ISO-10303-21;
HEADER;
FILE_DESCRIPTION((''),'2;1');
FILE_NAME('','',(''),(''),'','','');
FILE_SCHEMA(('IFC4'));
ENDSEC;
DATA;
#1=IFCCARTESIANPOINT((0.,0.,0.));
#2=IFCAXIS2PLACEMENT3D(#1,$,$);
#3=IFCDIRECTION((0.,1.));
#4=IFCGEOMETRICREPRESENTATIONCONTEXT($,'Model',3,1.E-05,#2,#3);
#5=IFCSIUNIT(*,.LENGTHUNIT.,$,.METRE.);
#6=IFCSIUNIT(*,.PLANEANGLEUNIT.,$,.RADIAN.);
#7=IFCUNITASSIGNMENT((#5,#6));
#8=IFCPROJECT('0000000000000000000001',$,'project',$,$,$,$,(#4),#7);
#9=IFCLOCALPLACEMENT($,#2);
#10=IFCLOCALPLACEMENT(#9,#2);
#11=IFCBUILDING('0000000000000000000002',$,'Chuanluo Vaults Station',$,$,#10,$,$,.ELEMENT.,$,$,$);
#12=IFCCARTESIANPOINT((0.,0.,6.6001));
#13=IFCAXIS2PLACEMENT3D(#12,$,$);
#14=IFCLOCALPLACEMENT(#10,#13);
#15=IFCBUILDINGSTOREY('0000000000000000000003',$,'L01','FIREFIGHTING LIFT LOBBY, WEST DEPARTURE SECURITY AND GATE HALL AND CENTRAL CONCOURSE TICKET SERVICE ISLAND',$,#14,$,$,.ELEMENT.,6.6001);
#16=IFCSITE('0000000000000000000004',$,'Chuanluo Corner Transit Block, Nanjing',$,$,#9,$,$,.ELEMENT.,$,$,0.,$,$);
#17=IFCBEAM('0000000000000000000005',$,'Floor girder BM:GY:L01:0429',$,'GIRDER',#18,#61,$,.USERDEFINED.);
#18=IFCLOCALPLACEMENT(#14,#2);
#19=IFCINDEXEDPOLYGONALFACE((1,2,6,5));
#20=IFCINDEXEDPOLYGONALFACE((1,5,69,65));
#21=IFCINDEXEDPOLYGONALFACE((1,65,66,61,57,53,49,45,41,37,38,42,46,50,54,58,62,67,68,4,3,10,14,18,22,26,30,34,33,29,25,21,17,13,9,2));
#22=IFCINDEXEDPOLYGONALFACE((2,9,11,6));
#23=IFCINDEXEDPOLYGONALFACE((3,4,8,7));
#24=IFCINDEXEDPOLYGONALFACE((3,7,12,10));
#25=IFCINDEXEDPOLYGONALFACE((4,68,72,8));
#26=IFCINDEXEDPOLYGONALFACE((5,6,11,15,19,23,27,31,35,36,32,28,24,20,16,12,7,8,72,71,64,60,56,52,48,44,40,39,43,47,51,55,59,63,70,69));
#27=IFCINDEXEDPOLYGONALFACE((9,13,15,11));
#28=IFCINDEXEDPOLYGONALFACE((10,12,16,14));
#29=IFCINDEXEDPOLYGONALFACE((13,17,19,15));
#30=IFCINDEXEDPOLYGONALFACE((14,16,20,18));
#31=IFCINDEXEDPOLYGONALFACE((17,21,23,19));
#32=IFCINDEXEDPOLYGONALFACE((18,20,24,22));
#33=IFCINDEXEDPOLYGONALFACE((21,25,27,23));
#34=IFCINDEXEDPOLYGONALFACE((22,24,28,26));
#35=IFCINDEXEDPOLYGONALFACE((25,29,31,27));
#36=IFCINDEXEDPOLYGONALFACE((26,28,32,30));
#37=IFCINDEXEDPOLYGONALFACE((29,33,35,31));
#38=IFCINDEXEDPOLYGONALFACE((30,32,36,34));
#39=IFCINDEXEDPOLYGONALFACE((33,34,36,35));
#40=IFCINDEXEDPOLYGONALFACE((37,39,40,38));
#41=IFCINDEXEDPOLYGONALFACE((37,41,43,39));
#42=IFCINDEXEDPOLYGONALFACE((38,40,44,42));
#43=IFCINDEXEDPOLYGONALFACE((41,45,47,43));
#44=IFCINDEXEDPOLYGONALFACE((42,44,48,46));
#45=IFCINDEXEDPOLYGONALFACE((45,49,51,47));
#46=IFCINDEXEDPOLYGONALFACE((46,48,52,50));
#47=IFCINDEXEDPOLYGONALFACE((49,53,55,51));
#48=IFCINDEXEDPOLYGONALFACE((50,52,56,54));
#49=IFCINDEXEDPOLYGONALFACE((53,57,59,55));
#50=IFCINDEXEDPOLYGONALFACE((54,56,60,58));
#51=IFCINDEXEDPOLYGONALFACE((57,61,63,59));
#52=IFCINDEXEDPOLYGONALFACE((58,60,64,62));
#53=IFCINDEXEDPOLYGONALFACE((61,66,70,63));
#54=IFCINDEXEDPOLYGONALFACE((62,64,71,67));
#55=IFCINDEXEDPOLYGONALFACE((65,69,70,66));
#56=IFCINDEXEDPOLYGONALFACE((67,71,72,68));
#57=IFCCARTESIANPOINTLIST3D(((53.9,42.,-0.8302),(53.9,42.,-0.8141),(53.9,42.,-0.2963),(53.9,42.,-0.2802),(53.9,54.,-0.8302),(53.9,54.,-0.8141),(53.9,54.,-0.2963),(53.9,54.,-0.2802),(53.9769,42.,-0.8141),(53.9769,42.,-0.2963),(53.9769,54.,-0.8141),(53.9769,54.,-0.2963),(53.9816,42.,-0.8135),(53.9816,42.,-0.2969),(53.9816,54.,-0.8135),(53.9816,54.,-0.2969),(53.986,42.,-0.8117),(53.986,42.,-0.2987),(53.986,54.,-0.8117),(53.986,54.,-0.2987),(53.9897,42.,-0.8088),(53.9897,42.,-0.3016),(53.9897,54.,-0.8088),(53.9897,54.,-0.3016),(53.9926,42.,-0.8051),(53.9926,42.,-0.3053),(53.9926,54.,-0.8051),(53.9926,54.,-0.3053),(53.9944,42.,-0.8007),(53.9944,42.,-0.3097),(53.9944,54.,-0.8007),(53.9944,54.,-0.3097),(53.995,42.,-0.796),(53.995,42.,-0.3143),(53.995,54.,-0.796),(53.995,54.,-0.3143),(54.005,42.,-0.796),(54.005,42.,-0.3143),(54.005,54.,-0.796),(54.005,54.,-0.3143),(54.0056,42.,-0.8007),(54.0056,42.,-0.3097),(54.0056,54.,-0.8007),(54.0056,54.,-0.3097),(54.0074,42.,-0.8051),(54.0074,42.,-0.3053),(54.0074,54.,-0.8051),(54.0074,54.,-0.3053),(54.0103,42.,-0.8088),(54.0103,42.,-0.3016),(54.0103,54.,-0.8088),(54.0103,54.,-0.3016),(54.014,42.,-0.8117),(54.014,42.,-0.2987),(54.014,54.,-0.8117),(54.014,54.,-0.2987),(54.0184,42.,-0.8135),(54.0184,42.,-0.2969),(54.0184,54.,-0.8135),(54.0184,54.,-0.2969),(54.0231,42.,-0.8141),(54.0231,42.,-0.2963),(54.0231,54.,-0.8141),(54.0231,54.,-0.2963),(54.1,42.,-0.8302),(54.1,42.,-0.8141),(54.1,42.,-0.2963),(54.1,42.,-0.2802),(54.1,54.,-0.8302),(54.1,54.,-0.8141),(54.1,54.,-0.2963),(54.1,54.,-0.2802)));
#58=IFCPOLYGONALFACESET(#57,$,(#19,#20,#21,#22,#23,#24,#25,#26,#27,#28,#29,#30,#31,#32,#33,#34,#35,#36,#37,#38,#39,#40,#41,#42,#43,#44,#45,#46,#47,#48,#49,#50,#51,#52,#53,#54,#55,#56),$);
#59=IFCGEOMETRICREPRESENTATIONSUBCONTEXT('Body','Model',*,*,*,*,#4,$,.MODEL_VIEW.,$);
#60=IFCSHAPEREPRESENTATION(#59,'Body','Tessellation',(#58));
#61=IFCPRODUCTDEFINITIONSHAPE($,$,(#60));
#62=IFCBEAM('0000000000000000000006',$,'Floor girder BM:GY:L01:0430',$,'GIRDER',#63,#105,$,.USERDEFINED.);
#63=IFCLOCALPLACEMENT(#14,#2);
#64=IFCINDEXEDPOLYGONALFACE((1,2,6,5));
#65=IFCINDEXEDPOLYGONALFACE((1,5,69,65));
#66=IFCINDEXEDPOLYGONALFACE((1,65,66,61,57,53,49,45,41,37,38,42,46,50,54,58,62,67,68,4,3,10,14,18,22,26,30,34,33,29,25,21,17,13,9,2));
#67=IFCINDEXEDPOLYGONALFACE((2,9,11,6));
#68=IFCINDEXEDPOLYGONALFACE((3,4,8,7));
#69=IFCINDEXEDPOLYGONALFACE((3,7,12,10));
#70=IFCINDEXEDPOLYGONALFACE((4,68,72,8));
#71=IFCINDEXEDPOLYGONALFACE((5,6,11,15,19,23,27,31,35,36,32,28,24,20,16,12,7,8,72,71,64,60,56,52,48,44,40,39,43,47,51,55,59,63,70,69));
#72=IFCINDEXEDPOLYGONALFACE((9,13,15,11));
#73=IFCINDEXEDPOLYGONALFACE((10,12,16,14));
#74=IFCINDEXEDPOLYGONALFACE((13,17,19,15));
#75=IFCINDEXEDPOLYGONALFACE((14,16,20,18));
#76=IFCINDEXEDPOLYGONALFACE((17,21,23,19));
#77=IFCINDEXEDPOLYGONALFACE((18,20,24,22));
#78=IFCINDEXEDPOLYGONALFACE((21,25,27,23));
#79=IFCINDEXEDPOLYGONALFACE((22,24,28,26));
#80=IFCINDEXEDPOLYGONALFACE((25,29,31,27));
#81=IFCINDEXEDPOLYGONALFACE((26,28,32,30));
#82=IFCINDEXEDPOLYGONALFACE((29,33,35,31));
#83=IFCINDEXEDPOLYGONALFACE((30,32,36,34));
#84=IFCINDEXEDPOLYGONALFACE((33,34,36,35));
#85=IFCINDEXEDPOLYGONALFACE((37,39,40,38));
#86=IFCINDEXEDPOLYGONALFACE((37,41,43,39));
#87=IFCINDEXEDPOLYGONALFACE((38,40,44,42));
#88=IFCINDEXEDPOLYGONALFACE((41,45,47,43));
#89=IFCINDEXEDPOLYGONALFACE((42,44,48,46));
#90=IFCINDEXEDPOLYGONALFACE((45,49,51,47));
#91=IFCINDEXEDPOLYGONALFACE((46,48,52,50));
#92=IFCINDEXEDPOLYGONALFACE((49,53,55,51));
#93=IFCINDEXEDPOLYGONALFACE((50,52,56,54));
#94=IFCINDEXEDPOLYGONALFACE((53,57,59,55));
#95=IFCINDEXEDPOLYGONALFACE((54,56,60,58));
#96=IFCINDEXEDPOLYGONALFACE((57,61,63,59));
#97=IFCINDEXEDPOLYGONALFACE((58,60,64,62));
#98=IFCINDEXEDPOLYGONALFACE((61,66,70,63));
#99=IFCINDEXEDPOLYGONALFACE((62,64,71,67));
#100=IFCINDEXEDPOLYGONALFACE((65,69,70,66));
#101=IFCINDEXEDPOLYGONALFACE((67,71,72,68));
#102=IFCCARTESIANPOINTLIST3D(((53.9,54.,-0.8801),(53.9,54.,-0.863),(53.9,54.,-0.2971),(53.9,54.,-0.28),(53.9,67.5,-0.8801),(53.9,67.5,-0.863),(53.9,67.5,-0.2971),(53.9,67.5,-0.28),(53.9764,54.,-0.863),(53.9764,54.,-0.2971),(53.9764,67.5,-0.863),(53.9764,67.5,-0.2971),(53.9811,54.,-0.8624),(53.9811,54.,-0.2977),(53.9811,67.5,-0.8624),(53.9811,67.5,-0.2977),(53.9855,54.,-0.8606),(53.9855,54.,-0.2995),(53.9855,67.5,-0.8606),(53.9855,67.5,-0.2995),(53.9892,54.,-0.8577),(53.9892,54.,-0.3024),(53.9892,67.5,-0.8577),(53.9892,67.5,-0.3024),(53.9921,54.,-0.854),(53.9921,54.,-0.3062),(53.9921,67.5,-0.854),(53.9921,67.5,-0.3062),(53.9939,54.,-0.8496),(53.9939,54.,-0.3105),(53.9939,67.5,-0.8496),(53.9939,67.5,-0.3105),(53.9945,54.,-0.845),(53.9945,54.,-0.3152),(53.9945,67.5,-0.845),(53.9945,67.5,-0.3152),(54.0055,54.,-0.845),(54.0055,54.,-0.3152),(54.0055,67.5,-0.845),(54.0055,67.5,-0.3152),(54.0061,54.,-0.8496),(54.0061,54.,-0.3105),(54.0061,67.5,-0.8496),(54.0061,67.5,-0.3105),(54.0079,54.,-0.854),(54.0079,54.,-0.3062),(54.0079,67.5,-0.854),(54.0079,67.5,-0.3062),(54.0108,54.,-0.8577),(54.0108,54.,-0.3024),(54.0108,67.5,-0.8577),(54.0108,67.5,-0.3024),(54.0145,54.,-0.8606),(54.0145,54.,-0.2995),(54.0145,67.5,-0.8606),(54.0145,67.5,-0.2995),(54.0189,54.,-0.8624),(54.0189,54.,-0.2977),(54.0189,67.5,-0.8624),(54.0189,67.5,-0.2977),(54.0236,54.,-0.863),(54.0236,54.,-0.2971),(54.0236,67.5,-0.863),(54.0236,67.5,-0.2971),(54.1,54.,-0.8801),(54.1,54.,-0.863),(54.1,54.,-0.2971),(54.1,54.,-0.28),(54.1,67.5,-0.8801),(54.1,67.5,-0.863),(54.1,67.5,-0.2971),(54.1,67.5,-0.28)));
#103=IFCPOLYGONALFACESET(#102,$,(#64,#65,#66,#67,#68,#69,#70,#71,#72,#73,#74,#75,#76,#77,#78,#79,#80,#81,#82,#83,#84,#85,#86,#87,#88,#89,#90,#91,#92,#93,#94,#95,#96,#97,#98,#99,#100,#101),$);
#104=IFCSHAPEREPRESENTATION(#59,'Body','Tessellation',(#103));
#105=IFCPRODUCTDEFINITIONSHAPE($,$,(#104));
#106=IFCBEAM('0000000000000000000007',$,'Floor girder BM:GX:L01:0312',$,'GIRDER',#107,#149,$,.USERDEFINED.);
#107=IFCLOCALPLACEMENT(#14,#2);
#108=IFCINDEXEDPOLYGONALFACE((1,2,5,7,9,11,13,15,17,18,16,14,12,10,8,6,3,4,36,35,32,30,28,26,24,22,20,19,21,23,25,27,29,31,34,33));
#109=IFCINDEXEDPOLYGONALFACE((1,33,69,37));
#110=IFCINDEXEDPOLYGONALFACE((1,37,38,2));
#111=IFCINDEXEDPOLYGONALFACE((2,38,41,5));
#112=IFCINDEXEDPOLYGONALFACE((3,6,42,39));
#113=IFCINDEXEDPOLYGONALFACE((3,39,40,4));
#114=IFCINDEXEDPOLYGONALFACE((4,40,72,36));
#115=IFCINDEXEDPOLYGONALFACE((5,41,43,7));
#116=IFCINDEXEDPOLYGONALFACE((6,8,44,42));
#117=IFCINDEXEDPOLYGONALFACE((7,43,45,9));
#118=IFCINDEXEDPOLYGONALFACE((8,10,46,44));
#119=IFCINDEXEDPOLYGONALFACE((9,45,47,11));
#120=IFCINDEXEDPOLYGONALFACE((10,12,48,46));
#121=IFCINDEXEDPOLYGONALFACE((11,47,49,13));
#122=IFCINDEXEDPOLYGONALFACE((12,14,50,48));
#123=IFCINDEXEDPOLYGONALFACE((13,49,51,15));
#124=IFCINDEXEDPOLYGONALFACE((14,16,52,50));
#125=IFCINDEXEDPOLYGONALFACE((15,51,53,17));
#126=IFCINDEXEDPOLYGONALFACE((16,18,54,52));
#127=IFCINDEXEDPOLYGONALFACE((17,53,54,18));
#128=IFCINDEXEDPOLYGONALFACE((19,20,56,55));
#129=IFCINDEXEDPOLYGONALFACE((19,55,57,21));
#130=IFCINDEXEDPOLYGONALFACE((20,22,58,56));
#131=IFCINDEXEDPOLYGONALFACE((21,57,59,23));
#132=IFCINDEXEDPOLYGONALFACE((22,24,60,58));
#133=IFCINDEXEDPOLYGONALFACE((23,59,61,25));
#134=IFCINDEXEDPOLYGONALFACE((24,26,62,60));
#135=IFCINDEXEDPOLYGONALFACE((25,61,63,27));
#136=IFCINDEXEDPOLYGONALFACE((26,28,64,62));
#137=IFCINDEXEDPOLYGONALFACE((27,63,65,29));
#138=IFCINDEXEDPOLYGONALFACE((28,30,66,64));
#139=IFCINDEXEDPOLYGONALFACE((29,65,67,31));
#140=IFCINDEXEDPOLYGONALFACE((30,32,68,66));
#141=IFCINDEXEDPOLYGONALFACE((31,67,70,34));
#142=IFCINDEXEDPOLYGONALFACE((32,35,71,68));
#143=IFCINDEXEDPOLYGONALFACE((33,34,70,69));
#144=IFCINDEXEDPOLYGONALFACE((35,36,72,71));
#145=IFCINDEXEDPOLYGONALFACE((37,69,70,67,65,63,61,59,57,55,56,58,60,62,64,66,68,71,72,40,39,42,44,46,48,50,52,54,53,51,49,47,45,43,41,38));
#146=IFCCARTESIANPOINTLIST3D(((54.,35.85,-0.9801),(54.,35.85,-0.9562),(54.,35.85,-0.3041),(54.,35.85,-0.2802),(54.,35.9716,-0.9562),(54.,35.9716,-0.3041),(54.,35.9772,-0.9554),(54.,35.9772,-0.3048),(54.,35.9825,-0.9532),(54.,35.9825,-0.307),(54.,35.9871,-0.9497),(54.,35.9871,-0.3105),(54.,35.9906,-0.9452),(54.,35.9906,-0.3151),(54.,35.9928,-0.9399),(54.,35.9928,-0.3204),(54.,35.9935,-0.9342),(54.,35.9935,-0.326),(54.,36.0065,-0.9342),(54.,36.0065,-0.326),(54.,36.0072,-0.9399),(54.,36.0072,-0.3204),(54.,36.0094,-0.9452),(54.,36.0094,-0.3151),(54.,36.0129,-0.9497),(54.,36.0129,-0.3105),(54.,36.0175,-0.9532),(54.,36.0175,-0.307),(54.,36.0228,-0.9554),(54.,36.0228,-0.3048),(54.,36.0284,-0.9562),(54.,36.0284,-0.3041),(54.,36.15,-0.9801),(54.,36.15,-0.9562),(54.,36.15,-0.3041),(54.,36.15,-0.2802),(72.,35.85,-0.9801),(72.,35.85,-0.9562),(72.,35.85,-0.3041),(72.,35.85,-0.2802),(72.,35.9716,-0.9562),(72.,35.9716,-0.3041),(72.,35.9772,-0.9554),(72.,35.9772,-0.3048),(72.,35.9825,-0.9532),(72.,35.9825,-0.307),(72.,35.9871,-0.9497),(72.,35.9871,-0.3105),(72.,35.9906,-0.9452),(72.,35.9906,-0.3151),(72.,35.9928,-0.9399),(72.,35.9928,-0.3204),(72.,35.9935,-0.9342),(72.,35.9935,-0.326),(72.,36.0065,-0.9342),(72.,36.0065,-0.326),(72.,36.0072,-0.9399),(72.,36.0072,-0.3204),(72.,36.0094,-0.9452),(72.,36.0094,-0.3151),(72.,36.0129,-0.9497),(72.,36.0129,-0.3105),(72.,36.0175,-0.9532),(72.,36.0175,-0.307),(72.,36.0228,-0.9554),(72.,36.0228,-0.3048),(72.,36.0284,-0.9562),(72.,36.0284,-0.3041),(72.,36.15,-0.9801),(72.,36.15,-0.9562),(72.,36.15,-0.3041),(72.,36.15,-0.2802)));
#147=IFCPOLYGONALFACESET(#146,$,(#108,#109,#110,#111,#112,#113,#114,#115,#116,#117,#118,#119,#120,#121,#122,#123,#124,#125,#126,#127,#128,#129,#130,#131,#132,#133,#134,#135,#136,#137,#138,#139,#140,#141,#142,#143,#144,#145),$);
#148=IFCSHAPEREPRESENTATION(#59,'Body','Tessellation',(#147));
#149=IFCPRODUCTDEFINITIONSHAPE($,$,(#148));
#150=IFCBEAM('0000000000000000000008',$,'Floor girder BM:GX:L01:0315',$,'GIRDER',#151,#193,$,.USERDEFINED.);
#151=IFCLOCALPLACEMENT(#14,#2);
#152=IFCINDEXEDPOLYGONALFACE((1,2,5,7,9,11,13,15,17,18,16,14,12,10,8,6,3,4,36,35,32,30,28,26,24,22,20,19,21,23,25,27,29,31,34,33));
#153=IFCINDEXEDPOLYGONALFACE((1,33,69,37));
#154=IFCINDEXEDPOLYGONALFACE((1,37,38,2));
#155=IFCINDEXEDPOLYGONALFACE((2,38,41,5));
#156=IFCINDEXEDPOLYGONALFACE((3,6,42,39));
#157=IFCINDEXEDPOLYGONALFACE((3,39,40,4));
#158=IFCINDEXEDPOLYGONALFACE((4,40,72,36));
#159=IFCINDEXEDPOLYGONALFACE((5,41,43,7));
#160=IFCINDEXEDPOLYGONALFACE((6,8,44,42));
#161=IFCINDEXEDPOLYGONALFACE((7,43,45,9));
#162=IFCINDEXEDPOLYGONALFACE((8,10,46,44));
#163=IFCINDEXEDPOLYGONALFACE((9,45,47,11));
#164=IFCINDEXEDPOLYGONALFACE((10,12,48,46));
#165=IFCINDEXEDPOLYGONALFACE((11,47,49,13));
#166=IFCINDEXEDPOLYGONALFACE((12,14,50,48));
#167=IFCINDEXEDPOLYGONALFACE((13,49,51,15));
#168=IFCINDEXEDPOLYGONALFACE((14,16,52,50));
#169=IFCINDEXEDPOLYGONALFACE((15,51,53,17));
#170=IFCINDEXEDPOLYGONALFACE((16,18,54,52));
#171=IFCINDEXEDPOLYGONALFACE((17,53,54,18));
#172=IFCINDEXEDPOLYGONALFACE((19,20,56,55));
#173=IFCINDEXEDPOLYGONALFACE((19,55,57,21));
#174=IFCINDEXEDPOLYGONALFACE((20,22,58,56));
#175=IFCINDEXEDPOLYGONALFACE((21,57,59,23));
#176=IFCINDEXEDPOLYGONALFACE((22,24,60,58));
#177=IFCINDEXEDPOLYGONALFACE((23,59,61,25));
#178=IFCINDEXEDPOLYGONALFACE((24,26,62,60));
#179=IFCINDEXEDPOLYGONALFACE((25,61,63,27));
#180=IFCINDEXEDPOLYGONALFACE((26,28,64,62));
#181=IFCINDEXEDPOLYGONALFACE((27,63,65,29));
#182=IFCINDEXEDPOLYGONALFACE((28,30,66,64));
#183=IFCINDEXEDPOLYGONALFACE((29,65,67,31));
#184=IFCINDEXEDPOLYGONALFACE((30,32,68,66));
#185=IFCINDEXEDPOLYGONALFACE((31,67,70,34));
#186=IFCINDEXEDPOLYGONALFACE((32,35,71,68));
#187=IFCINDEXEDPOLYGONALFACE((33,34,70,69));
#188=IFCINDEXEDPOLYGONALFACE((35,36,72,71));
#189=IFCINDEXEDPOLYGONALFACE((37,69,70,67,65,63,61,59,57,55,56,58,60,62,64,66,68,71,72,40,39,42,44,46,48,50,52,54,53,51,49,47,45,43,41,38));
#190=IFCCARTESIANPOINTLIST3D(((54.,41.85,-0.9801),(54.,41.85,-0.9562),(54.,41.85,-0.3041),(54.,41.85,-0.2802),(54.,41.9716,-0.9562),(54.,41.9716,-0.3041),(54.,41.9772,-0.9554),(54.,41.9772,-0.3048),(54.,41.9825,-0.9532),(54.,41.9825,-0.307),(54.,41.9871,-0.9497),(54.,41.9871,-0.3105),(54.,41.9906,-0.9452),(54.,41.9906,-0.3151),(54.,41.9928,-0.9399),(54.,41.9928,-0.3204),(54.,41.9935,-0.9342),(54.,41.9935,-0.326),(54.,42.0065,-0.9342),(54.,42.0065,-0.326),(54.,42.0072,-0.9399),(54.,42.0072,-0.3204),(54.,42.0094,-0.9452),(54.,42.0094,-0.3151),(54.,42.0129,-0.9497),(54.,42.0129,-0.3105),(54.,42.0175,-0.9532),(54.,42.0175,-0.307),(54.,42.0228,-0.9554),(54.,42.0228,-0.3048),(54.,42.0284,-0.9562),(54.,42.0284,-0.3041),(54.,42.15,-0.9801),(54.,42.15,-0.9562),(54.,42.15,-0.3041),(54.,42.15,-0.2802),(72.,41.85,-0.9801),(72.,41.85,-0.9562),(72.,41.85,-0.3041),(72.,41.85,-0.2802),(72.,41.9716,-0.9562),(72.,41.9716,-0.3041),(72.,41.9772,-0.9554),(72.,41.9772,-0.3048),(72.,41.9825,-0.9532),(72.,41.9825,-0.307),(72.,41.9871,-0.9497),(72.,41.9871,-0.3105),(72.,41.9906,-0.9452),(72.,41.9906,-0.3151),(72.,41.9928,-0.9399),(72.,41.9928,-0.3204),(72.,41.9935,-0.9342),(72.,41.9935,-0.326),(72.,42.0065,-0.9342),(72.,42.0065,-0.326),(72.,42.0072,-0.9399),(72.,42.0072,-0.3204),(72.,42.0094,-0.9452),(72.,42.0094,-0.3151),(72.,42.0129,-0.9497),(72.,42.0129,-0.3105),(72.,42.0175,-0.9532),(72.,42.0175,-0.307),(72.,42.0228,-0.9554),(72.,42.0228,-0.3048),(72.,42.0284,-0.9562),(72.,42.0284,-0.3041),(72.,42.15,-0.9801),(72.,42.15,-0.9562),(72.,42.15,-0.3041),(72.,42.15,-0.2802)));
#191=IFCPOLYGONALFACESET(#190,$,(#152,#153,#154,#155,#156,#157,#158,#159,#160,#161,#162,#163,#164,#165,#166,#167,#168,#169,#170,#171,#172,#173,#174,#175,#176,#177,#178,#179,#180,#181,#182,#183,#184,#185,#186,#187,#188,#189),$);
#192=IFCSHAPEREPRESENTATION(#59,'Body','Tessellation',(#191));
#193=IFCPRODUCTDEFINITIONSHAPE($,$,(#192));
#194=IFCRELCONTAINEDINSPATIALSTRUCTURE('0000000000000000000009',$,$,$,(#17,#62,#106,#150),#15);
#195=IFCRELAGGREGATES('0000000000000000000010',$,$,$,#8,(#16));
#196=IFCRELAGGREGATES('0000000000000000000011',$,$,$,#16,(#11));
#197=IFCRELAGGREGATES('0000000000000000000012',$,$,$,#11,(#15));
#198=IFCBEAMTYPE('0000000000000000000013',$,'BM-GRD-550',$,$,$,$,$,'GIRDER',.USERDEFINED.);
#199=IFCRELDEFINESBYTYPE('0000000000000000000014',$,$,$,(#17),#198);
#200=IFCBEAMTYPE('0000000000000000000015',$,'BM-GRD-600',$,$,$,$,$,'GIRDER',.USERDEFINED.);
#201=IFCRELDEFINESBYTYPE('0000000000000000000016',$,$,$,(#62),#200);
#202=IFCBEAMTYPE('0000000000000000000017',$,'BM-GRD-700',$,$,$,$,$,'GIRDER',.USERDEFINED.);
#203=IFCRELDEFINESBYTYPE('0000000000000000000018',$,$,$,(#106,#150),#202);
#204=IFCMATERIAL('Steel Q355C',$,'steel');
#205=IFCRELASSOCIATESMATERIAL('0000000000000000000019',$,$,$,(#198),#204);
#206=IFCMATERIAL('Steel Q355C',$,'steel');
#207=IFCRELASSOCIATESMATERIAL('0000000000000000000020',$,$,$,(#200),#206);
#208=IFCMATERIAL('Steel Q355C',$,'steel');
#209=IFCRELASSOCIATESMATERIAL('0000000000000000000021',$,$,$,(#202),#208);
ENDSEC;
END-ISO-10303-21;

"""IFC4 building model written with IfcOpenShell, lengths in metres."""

from ifc_helpers import new_model, si_unit, direction, frame, origin, origin_2d, place, context, subcontext, project, spatial, i_section, extrude, material, material_profile, profile_set, type_object, element, save


model = new_model("IFC4")

# Units and contexts
model_context = context("Model", 3, precision=1e-05, world=origin(), true_north=direction((0.0, 1.0)))
body_context = subcontext(model_context, "Body", "Model", "MODEL_VIEW")
ifc_project = project(units=[si_unit("LENGTHUNIT", "METRE"), si_unit("PLANEANGLEUNIT", "RADIAN")], contexts=[model_context])

# Site, building, storey
site_placement = place(None, origin())
site = spatial("IfcSite", under=ifc_project, at=site_placement, Name="Chuanluo Corner Transit Block, Nanjing", CompositionType="ELEMENT", RefElevation=0.0)
building_placement = place(site_placement, origin())
building = spatial("IfcBuilding", under=site, at=building_placement, Name="Chuanluo Vaults Station", CompositionType="ELEMENT")
storey_placement = place(building_placement, frame((0.0, 0.0, 6.6001)))
storey = spatial("IfcBuildingStorey", under=building, at=storey_placement, Name="L01", Description="FIREFIGHTING LIFT LOBBY, WEST DEPARTURE SECURITY AND GATE HALL AND CENTRAL CONCOURSE TICKET SERVICE ISLAND", CompositionType="ELEMENT", Elevation=6.6001)

# Beams
ifc_material_1 = material(Name="Steel Q355C", Category="steel")
ifc_material_profile_1 = material_profile(ifc_material_1, i_section(OverallWidth=0.2, OverallDepth=0.55, WebThickness=0.01, FlangeThickness=0.0161, FilletRadius=0.0181, at=origin_2d()))
ifc_profile_set_1 = profile_set([ifc_material_profile_1], Name="Steel Q355C")
beam_type_1 = type_object("IfcBeamType", Name="BM-GRD-550", ElementType="GIRDER", PredefinedType="USERDEFINED", material=ifc_profile_set_1)
beam_1_placement = place(storey_placement, frame((54.0, 42.0, -0.5552), z_axis=(0.0, 1.0, 0.0), x_axis=(-1.0, 0.0, 0.0)))
element("IfcBeam", 1, at=beam_1_placement, inside=storey, type_object=beam_type_1, Name="Floor girder BM:GY:L01:0429", ObjectType="GIRDER", PredefinedType="USERDEFINED", context=body_context, shape_type="SweptSolid", body=[
    extrude(i_section(OverallWidth=0.2, OverallDepth=0.55, WebThickness=0.01, FlangeThickness=0.0161, FilletRadius=0.0181, at=origin_2d()), origin(), (0.0, 0.0, 1.0), 12.0),
])
ifc_material_2 = material(Name="Steel Q355C", Category="steel")
ifc_material_profile_2 = material_profile(ifc_material_2, i_section(OverallWidth=0.2, OverallDepth=0.6001, WebThickness=0.011, FlangeThickness=0.0171, FilletRadius=0.0181, at=origin_2d()))
ifc_profile_set_2 = profile_set([ifc_material_profile_2], Name="Steel Q355C")
beam_type_2 = type_object("IfcBeamType", Name="BM-GRD-600", ElementType="GIRDER", PredefinedType="USERDEFINED", material=ifc_profile_set_2)
beam_2_placement = place(storey_placement, frame((54.0, 54.0, -0.5801), z_axis=(0.0, 1.0, 0.0), x_axis=(-1.0, 0.0, 0.0)))
element("IfcBeam", 2, at=beam_2_placement, inside=storey, type_object=beam_type_2, Name="Floor girder BM:GY:L01:0430", ObjectType="GIRDER", PredefinedType="USERDEFINED", context=body_context, shape_type="SweptSolid", body=[
    extrude(i_section(OverallWidth=0.2, OverallDepth=0.6001, WebThickness=0.011, FlangeThickness=0.0171, FilletRadius=0.0181, at=origin_2d()), origin(), (0.0, 0.0, 1.0), 13.5),
])
ifc_material_3 = material(Name="Steel Q355C", Category="steel")
ifc_material_profile_3 = material_profile(ifc_material_3, i_section(OverallWidth=0.3, OverallDepth=0.7, WebThickness=0.0129, FlangeThickness=0.0239, FilletRadius=0.022, at=origin_2d()))
ifc_profile_set_3 = profile_set([ifc_material_profile_3], Name="Steel Q355C")
beam_type_3 = type_object("IfcBeamType", Name="BM-GRD-700", ElementType="GIRDER", PredefinedType="USERDEFINED", material=ifc_profile_set_3)
for number, where, z_axis, x_axis, name in (
    (3, (54.0, 36.0, -0.6301), (1.0, 0.0, 0.0), (0.0, 1.0, 0.0), "Floor girder BM:GX:L01:0312"),
    (4, (54.0, 42.0, -0.6301), (1.0, 0.0, 0.0), (0.0, 1.0, 0.0), "Floor girder BM:GX:L01:0315"),
):
    element("IfcBeam", number, at=place(storey_placement, frame(where, z_axis=z_axis, x_axis=x_axis)), inside=storey, type_object=beam_type_3, Name=name, ObjectType="GIRDER", PredefinedType="USERDEFINED", context=body_context, shape_type="SweptSolid", body=[
        extrude(i_section(OverallWidth=0.3, OverallDepth=0.7, WebThickness=0.0129, FlangeThickness=0.0239, FilletRadius=0.022, at=origin_2d()), origin(), (0.0, 0.0, 1.0), 18.0),
    ])

save(model, "model.ifc")
